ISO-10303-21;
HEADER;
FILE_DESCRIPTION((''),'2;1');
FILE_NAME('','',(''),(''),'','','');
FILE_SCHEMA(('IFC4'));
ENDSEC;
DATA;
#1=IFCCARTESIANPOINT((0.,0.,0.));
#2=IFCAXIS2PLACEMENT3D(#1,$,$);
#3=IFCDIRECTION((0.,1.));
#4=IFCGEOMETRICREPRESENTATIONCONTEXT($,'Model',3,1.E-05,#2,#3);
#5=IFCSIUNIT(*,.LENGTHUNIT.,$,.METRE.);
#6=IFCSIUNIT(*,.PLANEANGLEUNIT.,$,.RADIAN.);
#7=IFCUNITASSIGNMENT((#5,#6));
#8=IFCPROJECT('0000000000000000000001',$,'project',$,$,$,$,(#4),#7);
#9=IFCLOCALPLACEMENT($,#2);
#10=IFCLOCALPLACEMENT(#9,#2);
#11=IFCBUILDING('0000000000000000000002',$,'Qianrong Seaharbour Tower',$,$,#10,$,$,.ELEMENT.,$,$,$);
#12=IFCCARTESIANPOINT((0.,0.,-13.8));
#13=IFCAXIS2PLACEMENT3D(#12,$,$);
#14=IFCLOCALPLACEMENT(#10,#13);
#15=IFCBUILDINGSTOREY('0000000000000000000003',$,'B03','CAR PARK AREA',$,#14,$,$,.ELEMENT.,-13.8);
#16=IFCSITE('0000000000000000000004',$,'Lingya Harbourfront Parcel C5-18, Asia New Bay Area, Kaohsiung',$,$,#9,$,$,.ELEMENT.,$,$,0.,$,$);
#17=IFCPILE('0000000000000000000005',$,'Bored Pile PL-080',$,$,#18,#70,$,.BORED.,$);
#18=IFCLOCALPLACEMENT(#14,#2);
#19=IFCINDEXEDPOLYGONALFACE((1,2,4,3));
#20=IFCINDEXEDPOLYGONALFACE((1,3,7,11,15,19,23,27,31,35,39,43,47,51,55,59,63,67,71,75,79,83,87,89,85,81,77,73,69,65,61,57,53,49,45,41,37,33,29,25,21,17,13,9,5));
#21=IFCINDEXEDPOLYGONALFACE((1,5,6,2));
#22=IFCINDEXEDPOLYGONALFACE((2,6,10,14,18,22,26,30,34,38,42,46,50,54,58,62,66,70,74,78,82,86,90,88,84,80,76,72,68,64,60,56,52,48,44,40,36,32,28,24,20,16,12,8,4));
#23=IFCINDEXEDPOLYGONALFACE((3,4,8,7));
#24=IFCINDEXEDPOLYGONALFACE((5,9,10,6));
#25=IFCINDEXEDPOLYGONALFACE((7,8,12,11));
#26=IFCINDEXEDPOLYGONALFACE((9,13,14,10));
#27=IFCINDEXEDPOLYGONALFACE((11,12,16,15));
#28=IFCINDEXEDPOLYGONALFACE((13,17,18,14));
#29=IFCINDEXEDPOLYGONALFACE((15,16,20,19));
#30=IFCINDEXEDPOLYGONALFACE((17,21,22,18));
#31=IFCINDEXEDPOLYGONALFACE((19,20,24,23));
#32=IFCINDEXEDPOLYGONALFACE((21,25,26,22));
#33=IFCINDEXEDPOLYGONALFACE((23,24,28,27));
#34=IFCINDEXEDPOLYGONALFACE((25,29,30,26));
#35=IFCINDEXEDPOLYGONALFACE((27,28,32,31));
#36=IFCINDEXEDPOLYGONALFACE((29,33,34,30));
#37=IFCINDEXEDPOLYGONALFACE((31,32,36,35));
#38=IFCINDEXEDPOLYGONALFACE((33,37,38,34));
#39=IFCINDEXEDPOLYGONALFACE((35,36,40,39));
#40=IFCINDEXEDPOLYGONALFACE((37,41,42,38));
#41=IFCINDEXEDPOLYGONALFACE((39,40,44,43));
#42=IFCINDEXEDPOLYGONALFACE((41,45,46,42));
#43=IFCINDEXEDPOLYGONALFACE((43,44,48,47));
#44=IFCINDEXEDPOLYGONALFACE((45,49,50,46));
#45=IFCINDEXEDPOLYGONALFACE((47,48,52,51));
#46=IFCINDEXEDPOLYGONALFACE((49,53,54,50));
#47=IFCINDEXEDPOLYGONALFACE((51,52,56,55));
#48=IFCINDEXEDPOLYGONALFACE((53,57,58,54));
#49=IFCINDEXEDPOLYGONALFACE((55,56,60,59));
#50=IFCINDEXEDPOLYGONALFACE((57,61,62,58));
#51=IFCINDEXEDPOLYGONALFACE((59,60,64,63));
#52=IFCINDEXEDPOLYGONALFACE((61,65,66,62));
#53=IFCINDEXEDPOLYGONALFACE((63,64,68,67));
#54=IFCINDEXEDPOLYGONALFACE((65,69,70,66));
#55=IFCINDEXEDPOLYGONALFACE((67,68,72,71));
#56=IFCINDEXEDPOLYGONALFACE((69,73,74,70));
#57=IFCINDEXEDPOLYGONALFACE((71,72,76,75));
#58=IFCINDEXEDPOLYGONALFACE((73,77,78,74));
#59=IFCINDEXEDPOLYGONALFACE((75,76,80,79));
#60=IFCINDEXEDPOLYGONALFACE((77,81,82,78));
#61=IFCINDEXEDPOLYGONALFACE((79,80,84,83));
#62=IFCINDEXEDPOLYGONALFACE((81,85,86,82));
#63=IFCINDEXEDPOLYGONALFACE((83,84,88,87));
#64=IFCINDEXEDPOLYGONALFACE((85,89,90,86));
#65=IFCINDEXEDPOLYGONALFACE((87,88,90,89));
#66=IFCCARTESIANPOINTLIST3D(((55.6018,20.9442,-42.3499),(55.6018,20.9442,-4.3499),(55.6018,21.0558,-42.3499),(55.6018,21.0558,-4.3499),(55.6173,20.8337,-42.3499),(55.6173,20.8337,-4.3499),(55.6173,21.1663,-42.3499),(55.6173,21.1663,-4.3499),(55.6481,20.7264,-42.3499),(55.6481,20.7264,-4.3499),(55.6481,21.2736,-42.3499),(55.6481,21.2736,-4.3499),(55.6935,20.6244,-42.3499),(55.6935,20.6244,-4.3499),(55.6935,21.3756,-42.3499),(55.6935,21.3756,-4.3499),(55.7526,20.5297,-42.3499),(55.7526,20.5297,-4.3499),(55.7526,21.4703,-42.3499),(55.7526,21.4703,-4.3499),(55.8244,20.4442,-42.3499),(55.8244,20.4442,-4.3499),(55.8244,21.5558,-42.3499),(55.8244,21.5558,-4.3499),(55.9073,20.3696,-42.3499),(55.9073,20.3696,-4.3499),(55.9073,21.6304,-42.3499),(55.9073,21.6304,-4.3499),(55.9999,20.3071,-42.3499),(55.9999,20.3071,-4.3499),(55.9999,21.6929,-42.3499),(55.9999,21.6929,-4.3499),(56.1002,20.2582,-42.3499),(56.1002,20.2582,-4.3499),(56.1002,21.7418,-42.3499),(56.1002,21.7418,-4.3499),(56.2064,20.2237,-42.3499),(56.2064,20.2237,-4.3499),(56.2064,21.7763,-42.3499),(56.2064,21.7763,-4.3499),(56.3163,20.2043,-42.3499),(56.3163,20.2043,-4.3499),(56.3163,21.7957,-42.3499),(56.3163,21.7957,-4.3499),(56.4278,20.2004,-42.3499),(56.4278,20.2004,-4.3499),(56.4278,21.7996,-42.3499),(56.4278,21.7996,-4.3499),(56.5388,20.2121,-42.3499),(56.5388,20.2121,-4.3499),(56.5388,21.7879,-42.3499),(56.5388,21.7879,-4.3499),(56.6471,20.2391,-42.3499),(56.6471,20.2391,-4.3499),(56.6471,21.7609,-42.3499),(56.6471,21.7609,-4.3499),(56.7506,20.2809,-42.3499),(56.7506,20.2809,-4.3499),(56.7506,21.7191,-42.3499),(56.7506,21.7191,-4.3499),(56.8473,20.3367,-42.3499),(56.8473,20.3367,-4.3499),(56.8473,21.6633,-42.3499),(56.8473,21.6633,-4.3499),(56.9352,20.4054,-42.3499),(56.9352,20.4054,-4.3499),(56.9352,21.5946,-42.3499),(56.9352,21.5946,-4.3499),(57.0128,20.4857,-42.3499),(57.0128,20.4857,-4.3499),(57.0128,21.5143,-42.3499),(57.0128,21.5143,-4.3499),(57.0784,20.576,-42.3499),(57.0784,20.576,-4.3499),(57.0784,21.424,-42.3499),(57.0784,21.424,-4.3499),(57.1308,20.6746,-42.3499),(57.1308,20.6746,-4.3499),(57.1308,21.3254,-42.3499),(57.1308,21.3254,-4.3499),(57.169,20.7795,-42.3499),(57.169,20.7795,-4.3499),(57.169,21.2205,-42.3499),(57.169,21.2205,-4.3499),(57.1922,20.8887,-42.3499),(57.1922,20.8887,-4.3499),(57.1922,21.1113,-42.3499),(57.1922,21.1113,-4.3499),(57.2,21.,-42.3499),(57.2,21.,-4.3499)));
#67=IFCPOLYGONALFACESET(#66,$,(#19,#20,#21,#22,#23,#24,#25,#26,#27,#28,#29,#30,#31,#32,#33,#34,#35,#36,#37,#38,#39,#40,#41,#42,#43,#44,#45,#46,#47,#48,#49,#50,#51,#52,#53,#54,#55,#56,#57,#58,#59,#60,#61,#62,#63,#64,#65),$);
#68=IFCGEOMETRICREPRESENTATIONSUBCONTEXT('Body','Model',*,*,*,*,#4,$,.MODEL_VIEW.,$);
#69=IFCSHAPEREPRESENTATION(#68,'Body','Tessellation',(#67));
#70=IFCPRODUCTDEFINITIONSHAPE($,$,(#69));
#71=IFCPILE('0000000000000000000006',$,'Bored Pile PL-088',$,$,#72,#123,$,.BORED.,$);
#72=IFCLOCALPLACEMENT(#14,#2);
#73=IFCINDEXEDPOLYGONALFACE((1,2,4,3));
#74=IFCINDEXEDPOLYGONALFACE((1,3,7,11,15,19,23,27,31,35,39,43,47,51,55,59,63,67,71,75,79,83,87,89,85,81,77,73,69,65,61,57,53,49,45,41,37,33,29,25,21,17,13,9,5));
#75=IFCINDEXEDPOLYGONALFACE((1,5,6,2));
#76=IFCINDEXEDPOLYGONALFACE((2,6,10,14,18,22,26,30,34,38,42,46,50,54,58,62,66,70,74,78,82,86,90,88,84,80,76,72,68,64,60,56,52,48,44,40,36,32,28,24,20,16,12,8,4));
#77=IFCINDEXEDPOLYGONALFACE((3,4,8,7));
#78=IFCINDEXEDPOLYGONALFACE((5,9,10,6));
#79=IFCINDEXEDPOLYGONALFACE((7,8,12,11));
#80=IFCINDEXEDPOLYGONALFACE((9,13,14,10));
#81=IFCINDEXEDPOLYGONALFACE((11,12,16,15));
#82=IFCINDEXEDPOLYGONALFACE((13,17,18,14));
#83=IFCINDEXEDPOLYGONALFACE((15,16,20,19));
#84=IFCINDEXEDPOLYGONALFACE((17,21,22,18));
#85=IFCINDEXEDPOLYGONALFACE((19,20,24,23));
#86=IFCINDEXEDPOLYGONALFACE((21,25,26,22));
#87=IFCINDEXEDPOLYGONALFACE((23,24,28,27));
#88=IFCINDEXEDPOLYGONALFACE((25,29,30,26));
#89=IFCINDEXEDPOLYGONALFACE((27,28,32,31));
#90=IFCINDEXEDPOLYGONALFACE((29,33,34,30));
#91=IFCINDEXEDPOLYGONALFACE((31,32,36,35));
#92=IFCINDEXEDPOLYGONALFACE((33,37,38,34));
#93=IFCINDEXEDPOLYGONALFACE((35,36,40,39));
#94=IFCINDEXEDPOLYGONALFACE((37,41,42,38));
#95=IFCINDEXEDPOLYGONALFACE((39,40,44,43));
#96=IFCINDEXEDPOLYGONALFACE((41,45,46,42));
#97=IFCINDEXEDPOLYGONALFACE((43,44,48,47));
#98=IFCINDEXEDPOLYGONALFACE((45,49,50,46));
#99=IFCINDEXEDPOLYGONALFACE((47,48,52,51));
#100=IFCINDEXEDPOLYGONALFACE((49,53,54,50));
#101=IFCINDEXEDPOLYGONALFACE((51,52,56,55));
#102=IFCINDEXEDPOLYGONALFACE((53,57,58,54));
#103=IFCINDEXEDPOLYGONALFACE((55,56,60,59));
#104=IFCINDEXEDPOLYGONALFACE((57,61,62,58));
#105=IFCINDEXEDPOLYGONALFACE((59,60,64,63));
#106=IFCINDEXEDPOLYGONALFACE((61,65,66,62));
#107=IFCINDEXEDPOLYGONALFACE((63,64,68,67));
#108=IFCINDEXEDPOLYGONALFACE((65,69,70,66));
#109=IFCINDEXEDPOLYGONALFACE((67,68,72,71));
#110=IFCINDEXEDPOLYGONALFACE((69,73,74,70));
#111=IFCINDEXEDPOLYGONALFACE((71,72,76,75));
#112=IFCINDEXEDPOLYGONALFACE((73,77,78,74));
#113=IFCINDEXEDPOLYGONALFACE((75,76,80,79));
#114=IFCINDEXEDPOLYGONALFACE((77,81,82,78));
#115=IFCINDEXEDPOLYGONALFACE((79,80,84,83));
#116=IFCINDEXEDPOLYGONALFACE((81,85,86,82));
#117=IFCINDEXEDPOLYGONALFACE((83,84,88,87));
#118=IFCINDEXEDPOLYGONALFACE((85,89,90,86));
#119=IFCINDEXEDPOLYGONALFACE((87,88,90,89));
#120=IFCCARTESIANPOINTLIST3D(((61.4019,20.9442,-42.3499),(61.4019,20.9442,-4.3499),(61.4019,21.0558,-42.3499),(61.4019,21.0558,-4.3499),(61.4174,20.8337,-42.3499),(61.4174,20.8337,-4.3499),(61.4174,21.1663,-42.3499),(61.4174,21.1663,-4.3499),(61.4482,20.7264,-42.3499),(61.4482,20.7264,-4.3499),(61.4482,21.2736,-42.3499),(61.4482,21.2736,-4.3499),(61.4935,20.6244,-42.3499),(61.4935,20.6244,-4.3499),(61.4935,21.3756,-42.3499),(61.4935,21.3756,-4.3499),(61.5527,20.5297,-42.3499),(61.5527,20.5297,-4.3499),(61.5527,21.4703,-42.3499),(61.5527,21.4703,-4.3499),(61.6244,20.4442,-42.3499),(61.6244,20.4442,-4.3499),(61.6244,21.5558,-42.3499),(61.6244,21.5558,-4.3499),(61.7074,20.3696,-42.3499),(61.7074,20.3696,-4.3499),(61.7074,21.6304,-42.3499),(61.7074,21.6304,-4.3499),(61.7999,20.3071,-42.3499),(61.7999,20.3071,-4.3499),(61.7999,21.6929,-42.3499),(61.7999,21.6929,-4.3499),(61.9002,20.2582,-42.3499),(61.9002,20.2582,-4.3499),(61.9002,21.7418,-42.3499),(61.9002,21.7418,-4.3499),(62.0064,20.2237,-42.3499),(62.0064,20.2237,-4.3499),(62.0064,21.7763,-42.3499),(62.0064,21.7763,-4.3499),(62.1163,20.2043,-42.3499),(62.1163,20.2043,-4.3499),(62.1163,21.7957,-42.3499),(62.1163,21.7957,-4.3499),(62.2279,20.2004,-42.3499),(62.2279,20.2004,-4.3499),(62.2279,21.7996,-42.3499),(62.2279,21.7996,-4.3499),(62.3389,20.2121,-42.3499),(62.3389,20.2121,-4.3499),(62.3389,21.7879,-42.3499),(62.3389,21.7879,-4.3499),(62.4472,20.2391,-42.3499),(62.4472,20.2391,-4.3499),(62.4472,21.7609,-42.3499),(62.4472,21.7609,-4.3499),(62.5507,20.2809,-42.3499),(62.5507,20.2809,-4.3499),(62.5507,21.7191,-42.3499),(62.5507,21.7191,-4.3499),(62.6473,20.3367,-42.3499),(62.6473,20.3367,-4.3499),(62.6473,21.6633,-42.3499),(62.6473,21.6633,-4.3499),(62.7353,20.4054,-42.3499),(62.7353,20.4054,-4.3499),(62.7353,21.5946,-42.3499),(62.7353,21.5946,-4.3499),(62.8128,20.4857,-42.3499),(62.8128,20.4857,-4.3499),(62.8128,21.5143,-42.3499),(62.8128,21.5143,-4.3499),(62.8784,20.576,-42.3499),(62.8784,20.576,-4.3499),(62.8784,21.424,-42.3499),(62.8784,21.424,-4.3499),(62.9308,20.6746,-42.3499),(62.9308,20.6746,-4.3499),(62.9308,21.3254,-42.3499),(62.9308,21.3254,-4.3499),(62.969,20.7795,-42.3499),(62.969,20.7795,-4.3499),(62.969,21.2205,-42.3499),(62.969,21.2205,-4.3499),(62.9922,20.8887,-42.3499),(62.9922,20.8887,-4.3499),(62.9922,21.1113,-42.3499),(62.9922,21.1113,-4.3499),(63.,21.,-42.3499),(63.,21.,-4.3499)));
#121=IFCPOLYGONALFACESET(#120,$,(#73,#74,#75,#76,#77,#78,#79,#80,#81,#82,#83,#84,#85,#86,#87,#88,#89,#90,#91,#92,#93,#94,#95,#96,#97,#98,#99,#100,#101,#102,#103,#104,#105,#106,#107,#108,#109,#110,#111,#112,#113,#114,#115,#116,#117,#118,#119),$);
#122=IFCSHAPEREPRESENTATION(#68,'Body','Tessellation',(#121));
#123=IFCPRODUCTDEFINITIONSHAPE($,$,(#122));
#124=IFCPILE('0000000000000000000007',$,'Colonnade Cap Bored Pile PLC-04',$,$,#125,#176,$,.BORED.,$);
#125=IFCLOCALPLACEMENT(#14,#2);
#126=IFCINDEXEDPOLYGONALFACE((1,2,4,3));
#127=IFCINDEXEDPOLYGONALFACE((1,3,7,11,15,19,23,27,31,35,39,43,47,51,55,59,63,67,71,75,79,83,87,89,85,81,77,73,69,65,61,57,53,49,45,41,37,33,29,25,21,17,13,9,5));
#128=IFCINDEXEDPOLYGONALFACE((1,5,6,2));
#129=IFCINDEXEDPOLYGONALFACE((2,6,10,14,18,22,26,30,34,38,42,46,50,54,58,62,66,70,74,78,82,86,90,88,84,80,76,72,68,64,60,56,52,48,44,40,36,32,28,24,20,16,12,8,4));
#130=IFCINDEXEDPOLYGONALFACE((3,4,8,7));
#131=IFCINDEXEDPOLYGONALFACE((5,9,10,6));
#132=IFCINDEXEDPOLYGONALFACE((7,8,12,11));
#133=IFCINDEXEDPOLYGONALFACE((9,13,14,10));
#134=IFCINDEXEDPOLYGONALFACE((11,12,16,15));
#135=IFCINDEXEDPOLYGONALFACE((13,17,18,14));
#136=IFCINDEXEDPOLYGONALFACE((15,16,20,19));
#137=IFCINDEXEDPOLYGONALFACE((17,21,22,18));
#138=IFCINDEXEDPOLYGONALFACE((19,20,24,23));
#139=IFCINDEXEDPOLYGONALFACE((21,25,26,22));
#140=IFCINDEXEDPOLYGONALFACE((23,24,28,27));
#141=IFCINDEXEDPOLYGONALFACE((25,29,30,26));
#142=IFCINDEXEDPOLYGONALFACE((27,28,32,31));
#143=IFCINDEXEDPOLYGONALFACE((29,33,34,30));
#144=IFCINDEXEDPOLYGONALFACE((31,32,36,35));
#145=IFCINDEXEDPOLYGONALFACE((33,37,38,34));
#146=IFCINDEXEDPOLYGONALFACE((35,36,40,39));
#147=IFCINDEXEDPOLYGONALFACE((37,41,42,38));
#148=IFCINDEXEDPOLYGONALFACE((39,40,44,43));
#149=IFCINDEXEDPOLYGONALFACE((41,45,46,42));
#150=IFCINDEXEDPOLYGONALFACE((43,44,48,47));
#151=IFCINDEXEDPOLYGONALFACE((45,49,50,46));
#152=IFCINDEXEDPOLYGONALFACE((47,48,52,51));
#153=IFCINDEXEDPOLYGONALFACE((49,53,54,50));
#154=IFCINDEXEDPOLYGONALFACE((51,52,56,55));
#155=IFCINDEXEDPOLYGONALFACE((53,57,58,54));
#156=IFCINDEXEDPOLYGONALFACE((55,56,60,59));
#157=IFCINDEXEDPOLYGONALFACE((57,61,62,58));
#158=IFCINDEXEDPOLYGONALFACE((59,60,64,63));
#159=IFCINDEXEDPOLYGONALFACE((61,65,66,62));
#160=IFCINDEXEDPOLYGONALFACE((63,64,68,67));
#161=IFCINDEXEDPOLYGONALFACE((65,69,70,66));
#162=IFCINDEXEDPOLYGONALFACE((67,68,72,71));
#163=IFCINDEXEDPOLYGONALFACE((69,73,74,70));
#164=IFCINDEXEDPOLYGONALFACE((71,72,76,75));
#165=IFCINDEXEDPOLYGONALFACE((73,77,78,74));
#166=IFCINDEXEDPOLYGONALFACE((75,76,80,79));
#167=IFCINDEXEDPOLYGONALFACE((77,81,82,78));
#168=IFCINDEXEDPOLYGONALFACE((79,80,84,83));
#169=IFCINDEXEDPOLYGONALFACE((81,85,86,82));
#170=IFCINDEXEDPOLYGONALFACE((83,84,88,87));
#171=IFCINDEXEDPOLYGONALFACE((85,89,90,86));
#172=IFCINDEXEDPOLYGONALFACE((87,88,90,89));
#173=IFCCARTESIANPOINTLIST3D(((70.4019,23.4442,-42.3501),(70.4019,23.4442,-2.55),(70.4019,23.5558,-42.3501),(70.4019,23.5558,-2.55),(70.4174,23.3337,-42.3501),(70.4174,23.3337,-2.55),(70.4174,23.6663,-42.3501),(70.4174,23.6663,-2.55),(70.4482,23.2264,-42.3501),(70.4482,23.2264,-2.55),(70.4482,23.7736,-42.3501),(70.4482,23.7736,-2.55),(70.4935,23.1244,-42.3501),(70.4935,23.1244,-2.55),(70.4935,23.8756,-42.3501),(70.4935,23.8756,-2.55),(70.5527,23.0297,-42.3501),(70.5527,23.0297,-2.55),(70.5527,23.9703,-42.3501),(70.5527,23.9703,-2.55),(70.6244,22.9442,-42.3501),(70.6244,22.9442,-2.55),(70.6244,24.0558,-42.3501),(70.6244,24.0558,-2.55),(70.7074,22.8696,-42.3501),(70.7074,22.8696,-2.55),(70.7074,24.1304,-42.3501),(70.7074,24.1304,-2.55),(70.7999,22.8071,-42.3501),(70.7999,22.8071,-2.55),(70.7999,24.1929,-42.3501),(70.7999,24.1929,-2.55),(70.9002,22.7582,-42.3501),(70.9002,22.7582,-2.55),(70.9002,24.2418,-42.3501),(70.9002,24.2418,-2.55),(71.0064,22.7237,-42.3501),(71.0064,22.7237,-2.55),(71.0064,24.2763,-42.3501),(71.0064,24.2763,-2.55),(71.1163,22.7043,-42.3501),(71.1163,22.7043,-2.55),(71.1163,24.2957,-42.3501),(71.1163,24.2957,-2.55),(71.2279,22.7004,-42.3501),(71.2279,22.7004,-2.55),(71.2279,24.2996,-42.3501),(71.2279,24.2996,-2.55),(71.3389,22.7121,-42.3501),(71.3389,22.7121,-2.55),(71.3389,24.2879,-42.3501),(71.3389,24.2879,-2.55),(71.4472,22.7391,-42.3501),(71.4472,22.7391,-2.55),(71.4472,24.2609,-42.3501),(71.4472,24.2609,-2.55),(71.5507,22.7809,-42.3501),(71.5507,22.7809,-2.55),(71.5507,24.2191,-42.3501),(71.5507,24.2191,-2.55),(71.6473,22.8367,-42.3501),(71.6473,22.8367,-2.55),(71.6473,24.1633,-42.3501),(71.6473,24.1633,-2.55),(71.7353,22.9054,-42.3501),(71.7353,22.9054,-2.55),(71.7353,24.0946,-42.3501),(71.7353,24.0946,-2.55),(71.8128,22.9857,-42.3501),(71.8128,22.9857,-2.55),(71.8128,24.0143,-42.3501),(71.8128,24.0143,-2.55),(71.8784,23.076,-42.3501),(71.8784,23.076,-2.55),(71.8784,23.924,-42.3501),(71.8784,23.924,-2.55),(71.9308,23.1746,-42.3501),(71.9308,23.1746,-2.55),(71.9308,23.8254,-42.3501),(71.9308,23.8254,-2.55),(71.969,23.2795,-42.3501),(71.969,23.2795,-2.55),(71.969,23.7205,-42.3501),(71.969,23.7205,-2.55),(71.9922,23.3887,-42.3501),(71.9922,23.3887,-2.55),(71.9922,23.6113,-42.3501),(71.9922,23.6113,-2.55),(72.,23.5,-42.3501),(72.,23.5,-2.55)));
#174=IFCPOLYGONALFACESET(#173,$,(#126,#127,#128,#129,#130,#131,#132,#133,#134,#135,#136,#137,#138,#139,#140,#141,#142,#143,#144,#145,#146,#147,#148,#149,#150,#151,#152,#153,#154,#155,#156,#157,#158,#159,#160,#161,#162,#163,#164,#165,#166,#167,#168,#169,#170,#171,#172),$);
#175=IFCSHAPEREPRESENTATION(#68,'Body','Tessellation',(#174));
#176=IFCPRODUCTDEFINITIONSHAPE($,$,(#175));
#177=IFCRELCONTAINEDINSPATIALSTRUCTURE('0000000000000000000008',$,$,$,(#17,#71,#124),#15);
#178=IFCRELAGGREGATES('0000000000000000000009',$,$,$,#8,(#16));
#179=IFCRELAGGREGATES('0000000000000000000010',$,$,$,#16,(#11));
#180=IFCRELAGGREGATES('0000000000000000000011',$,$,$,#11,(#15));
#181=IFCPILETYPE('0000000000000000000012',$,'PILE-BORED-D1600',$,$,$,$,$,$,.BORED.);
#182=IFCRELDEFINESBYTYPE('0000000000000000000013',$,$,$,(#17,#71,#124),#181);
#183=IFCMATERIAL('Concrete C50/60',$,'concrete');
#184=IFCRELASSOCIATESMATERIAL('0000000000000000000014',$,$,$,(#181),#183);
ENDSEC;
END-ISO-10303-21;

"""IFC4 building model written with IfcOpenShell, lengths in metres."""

from ifc_helpers import new_model, si_unit, direction, frame, origin, origin_2d, place, context, subcontext, project, spatial, circle, extrude, material, material_profile, profile_set, type_object, element, save


model = new_model("IFC4")

# Units and contexts
model_context = context("Model", 3, precision=1e-05, world=origin(), true_north=direction((0.0, 1.0)))
body_context = subcontext(model_context, "Body", "Model", "MODEL_VIEW")
ifc_project = project(units=[si_unit("LENGTHUNIT", "METRE"), si_unit("PLANEANGLEUNIT", "RADIAN")], contexts=[model_context])

# Site, building, storey
site_placement = place(None, origin())
site = spatial("IfcSite", under=ifc_project, at=site_placement, Name="Lingya Harbourfront Parcel C5-18, Asia New Bay Area, Kaohsiung", CompositionType="ELEMENT", RefElevation=0.0)
building_placement = place(site_placement, origin())
building = spatial("IfcBuilding", under=site, at=building_placement, Name="Qianrong Seaharbour Tower", CompositionType="ELEMENT")
storey_placement = place(building_placement, frame((0.0, 0.0, -13.8)))
storey = spatial("IfcBuildingStorey", under=building, at=storey_placement, Name="B03", Description="CAR PARK AREA", CompositionType="ELEMENT", Elevation=-13.8)

# Piles
ifc_material_1 = material(Name="Concrete C50/60", Category="concrete")
ifc_material_profile_1 = material_profile(ifc_material_1, circle(Radius=0.8, at=origin_2d()), Name="PILE-D1600")
ifc_profile_set_1 = profile_set([ifc_material_profile_1], Name="Concrete C50/60")
pile_type_1 = type_object("IfcPileType", Name="PILE-BORED-D1600", PredefinedType="BORED", material=ifc_profile_set_1)
for number, where, z_axis, x_axis, name in (
    (1, (56.3999, 21.0, -4.3499), (0.0, 0.0, -1.0), (1.0, 0.0, 0.0), "Bored Pile PL-080"),
    (2, (62.2, 21.0, -4.3499), (0.0, 0.0, -1.0), (1.0, 0.0, 0.0), "Bored Pile PL-088"),
):
    element("IfcPile", number, at=place(storey_placement, frame(where, z_axis=z_axis, x_axis=x_axis)), inside=storey, type_object=pile_type_1, Name=name, PredefinedType="BORED", context=body_context, shape_type="SweptSolid", body=[
        extrude(circle(Radius=0.8, at=origin_2d()), origin(), (0.0, 0.0, 1.0), 38.0),
    ])
for number, where, z_axis, x_axis, name in (
    (3, (71.2, 23.5, -2.55), (0.0, 0.0, -1.0), (1.0, 0.0, 0.0), "Colonnade Cap Bored Pile PLC-04"),
):
    element("IfcPile", number, at=place(storey_placement, frame(where, z_axis=z_axis, x_axis=x_axis)), inside=storey, type_object=pile_type_1, Name=name, PredefinedType="BORED", context=body_context, shape_type="SweptSolid", body=[
        extrude(circle(Radius=0.8, at=origin_2d()), origin(), (0.0, 0.0, 1.0), 39.8),
    ])

save(model, "model.ifc")
